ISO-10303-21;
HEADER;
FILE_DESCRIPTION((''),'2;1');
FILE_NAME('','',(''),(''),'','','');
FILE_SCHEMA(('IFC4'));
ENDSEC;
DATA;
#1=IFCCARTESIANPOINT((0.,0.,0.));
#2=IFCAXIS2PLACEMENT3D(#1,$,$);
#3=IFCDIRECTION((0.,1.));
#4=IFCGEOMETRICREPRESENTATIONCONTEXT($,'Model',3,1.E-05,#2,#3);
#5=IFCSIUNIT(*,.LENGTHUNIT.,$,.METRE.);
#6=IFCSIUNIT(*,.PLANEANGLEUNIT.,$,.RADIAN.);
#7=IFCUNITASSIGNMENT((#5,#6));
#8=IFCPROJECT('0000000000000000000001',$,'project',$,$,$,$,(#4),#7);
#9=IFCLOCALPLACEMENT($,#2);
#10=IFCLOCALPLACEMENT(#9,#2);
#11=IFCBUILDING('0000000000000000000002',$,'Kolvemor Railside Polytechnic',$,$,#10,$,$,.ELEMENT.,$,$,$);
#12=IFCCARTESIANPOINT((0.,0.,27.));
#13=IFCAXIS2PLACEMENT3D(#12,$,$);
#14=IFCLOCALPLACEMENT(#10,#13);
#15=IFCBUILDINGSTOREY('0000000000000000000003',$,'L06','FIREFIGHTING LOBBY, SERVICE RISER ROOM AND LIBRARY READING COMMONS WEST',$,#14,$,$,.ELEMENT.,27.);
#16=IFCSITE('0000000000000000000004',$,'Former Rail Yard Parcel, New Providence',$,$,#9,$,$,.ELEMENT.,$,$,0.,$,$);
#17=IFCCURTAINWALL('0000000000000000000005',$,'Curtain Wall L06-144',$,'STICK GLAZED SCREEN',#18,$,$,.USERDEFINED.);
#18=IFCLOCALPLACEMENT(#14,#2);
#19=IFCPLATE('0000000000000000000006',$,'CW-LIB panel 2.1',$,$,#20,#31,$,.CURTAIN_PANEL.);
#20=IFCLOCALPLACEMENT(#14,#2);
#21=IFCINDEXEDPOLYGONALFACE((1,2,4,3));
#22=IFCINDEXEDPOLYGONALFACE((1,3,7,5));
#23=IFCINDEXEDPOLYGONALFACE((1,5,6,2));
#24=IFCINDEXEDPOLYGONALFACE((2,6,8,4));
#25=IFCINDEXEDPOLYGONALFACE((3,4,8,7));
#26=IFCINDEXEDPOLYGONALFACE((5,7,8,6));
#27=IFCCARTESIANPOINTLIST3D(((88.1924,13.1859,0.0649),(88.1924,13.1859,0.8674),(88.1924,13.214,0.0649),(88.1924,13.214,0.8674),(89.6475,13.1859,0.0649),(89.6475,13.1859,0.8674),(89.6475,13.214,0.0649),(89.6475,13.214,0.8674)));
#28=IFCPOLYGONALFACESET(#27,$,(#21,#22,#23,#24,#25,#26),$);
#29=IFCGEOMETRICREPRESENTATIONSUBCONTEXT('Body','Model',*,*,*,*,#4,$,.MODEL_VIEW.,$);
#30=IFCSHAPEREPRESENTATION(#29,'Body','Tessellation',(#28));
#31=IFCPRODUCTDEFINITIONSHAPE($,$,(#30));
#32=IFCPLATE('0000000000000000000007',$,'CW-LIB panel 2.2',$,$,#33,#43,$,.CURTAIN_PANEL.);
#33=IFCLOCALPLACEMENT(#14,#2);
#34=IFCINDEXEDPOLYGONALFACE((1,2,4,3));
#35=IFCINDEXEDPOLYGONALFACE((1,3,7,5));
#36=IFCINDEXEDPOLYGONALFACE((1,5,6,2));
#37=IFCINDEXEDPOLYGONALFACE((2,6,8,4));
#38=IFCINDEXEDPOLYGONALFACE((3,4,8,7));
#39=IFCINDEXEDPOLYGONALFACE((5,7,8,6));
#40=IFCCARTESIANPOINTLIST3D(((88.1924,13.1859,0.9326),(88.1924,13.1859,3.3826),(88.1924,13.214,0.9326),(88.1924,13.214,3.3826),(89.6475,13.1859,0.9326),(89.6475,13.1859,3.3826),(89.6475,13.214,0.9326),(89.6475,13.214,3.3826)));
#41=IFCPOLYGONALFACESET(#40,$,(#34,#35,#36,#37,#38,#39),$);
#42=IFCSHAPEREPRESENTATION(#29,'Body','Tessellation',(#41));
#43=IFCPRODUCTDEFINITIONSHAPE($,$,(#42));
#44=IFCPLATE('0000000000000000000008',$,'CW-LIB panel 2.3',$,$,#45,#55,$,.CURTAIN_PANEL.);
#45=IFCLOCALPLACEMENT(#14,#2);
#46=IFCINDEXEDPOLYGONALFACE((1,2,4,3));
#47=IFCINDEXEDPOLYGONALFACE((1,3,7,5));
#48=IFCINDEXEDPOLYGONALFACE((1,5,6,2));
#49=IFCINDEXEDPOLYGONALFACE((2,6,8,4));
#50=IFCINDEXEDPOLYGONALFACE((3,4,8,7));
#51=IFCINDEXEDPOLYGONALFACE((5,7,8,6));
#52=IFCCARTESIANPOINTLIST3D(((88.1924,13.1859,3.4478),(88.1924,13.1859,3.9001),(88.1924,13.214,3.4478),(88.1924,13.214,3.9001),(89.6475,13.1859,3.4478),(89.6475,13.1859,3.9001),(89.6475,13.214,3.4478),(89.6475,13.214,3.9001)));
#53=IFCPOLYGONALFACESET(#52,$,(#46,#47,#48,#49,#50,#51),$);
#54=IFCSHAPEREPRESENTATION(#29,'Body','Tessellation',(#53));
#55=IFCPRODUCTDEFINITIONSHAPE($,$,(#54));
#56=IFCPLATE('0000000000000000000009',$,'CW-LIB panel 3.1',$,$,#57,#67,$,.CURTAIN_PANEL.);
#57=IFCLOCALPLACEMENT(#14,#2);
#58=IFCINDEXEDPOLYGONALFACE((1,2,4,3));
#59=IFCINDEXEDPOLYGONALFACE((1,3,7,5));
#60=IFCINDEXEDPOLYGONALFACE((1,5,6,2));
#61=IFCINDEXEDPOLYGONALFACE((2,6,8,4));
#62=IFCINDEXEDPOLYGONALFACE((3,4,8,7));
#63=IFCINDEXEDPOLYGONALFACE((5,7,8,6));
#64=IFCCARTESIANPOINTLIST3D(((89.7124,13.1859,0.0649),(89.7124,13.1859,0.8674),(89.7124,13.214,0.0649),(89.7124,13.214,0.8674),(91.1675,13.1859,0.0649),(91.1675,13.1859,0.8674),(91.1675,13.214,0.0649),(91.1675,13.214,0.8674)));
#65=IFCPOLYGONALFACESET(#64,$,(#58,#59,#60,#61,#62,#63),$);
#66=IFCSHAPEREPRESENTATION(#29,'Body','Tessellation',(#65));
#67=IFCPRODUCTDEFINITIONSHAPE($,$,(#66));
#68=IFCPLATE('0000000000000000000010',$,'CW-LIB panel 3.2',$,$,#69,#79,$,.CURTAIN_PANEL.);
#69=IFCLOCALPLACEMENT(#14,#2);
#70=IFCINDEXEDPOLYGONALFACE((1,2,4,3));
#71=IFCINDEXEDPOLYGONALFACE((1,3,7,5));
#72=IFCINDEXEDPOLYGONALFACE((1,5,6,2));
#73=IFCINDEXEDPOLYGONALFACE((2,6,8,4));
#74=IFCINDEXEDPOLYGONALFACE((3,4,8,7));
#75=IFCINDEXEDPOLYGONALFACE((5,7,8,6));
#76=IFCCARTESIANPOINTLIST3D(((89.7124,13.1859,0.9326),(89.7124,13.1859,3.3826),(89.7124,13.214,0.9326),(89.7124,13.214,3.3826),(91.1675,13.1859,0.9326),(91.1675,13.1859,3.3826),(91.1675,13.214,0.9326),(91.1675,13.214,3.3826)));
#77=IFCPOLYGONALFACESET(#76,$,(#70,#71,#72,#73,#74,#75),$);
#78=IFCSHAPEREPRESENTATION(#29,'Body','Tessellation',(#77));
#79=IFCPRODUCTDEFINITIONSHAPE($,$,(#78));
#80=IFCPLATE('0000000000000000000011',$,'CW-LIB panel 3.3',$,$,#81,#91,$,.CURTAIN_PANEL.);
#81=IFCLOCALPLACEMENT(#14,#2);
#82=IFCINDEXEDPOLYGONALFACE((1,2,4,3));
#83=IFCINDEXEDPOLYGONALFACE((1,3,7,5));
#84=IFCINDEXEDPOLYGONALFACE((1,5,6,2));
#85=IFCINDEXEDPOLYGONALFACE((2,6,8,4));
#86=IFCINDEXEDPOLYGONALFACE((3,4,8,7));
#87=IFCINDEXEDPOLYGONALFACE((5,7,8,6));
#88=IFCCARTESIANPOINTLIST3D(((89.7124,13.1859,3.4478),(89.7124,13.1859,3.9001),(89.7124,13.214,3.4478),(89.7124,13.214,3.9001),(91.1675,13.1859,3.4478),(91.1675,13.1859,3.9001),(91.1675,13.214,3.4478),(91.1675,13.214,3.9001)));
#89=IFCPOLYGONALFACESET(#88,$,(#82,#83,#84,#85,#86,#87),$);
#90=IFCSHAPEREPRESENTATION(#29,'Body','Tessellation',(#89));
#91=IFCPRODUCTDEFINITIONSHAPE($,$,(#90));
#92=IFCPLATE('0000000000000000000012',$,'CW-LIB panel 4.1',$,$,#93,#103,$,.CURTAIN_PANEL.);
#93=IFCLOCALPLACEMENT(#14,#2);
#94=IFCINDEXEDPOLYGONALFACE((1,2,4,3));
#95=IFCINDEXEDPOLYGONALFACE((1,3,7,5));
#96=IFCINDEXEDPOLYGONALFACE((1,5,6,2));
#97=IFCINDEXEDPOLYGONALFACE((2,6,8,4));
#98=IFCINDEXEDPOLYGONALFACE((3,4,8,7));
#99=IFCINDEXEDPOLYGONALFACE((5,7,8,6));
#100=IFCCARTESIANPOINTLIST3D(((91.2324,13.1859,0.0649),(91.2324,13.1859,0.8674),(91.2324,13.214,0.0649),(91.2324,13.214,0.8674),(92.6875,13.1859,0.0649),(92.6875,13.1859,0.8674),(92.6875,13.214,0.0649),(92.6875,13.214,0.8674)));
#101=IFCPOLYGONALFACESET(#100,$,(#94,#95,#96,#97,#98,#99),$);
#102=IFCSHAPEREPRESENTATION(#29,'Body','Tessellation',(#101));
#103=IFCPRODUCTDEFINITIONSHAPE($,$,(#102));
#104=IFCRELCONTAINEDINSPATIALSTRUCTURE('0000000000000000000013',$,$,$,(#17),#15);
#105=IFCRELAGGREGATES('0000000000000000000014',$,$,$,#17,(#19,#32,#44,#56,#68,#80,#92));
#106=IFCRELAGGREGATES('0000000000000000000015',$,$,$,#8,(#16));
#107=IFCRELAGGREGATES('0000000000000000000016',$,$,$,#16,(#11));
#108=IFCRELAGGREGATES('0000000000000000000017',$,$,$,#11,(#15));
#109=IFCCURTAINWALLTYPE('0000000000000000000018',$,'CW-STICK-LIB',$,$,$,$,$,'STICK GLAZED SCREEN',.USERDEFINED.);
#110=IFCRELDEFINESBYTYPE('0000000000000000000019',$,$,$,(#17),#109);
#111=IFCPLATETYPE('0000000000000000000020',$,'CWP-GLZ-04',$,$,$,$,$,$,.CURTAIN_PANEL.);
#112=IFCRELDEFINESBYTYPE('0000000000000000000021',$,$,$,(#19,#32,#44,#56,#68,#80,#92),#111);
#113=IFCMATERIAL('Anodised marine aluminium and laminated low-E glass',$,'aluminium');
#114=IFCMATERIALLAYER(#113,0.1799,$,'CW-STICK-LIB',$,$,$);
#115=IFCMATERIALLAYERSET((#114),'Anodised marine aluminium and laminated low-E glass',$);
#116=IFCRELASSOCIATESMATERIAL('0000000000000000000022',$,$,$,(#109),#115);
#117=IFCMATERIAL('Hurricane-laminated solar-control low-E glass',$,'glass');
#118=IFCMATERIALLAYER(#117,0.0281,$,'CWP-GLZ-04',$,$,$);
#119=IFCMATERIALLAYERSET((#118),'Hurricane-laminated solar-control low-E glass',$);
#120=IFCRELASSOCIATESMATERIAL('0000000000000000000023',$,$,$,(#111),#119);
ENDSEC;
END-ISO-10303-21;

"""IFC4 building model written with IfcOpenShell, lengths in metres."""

from ifc_helpers import new_model, si_unit, direction, frame, origin, origin_2d, place, context, subcontext, project, spatial, rectangle, extrude, material, layer, layer_set, type_object, element, aggregate, save


model = new_model("IFC4")

# Units and contexts
model_context = context("Model", 3, precision=1e-05, world=origin(), true_north=direction((0.0, 1.0)))
body_context = subcontext(model_context, "Body", "Model", "MODEL_VIEW")
ifc_project = project(units=[si_unit("LENGTHUNIT", "METRE"), si_unit("PLANEANGLEUNIT", "RADIAN")], contexts=[model_context])

# Site, building, storey
site_placement = place(None, origin())
site = spatial("IfcSite", under=ifc_project, at=site_placement, Name="Former Rail Yard Parcel, New Providence", CompositionType="ELEMENT", RefElevation=0.0)
building_placement = place(site_placement, origin())
building = spatial("IfcBuilding", under=site, at=building_placement, Name="Kolvemor Railside Polytechnic", CompositionType="ELEMENT")
storey_placement = place(building_placement, frame((0.0, 0.0, 27.0)))
storey = spatial("IfcBuildingStorey", under=building, at=storey_placement, Name="L06", Description="FIREFIGHTING LOBBY, SERVICE RISER ROOM AND LIBRARY READING COMMONS WEST", CompositionType="ELEMENT", Elevation=27.0)

# Curtain wall, plates
ifc_material_1 = material(Name="Anodised marine aluminium and laminated low-E glass", Category="aluminium")
ifc_layer_1 = layer(ifc_material_1, 0.1799, Name="CW-STICK-LIB")
ifc_layer_set_1 = layer_set([ifc_layer_1], Name="Anodised marine aluminium and laminated low-E glass")
curtain_wall_type = type_object("IfcCurtainWallType", Name="CW-STICK-LIB", ElementType="STICK GLAZED SCREEN", PredefinedType="USERDEFINED", material=ifc_layer_set_1)
curtain_wall_placement = place(storey_placement, origin())
curtain_wall = element("IfcCurtainWall", 1, at=curtain_wall_placement, inside=storey, type_object=curtain_wall_type, Name="Curtain Wall L06-144", ObjectType="STICK GLAZED SCREEN", PredefinedType="USERDEFINED")
ifc_material_2 = material(Name="Hurricane-laminated solar-control low-E glass", Category="glass")
ifc_layer_2 = layer(ifc_material_2, 0.0281, Name="CWP-GLZ-04")
ifc_layer_set_2 = layer_set([ifc_layer_2], Name="Hurricane-laminated solar-control low-E glass")
plate_type = type_object("IfcPlateType", Name="CWP-GLZ-04", PredefinedType="CURTAIN_PANEL", material=ifc_layer_set_2)
plate_1_placement = place(storey_placement, frame((88.9199, 13.2, 0.0649), z_axis=(0.0, 0.0, 1.0), x_axis=(1.0, 0.0, 0.0)))
plate_1 = element("IfcPlate", 2, at=plate_1_placement, type_object=plate_type, Name="CW-LIB panel 2.1", PredefinedType="CURTAIN_PANEL", context=body_context, shape_type="SweptSolid", body=[
    extrude(rectangle(XDim=1.4551, YDim=0.0281, at=origin_2d()), origin(), (0.0, 0.0, 1.0), 0.8025),
])
plate_2_placement = place(storey_placement, frame((88.9199, 13.2, 0.9326), z_axis=(0.0, 0.0, 1.0), x_axis=(1.0, 0.0, 0.0)))
plate_2 = element("IfcPlate", 3, at=plate_2_placement, type_object=plate_type, Name="CW-LIB panel 2.2", PredefinedType="CURTAIN_PANEL", context=body_context, shape_type="SweptSolid", body=[
    extrude(rectangle(XDim=1.4551, YDim=0.0281, at=origin_2d()), origin(), (0.0, 0.0, 1.0), 2.45),
])
plate_3_placement = place(storey_placement, frame((88.9199, 13.2, 3.4478), z_axis=(0.0, 0.0, 1.0), x_axis=(1.0, 0.0, 0.0)))
plate_3 = element("IfcPlate", 4, at=plate_3_placement, type_object=plate_type, Name="CW-LIB panel 2.3", PredefinedType="CURTAIN_PANEL", context=body_context, shape_type="SweptSolid", body=[
    extrude(rectangle(XDim=1.4551, YDim=0.0281, at=origin_2d()), origin(), (0.0, 0.0, 1.0), 0.4524),
])
plate_4_placement = place(storey_placement, frame((90.4399, 13.2, 0.0649), z_axis=(0.0, 0.0, 1.0), x_axis=(1.0, 0.0, 0.0)))
plate_4 = element("IfcPlate", 5, at=plate_4_placement, type_object=plate_type, Name="CW-LIB panel 3.1", PredefinedType="CURTAIN_PANEL", context=body_context, shape_type="SweptSolid", body=[
    extrude(rectangle(XDim=1.4551, YDim=0.0281, at=origin_2d()), origin(), (0.0, 0.0, 1.0), 0.8025),
])
plate_5_placement = place(storey_placement, frame((90.4399, 13.2, 0.9326), z_axis=(0.0, 0.0, 1.0), x_axis=(1.0, 0.0, 0.0)))
plate_5 = element("IfcPlate", 6, at=plate_5_placement, type_object=plate_type, Name="CW-LIB panel 3.2", PredefinedType="CURTAIN_PANEL", context=body_context, shape_type="SweptSolid", body=[
    extrude(rectangle(XDim=1.4551, YDim=0.0281, at=origin_2d()), origin(), (0.0, 0.0, 1.0), 2.45),
])
plate_6_placement = place(storey_placement, frame((90.4399, 13.2, 3.4478), z_axis=(0.0, 0.0, 1.0), x_axis=(1.0, 0.0, 0.0)))
plate_6 = element("IfcPlate", 7, at=plate_6_placement, type_object=plate_type, Name="CW-LIB panel 3.3", PredefinedType="CURTAIN_PANEL", context=body_context, shape_type="SweptSolid", body=[
    extrude(rectangle(XDim=1.4551, YDim=0.0281, at=origin_2d()), origin(), (0.0, 0.0, 1.0), 0.4524),
])
plate_7_placement = place(storey_placement, frame((91.96, 13.2, 0.0649), z_axis=(0.0, 0.0, 1.0), x_axis=(1.0, 0.0, 0.0)))
plate_7 = element("IfcPlate", 8, at=plate_7_placement, type_object=plate_type, Name="CW-LIB panel 4.1", PredefinedType="CURTAIN_PANEL", context=body_context, shape_type="SweptSolid", body=[
    extrude(rectangle(XDim=1.4551, YDim=0.0281, at=origin_2d()), origin(), (0.0, 0.0, 1.0), 0.8025),
])
aggregate(curtain_wall, [plate_1, plate_2, plate_3, plate_4, plate_5, plate_6, plate_7])

save(model, "model.ifc")
